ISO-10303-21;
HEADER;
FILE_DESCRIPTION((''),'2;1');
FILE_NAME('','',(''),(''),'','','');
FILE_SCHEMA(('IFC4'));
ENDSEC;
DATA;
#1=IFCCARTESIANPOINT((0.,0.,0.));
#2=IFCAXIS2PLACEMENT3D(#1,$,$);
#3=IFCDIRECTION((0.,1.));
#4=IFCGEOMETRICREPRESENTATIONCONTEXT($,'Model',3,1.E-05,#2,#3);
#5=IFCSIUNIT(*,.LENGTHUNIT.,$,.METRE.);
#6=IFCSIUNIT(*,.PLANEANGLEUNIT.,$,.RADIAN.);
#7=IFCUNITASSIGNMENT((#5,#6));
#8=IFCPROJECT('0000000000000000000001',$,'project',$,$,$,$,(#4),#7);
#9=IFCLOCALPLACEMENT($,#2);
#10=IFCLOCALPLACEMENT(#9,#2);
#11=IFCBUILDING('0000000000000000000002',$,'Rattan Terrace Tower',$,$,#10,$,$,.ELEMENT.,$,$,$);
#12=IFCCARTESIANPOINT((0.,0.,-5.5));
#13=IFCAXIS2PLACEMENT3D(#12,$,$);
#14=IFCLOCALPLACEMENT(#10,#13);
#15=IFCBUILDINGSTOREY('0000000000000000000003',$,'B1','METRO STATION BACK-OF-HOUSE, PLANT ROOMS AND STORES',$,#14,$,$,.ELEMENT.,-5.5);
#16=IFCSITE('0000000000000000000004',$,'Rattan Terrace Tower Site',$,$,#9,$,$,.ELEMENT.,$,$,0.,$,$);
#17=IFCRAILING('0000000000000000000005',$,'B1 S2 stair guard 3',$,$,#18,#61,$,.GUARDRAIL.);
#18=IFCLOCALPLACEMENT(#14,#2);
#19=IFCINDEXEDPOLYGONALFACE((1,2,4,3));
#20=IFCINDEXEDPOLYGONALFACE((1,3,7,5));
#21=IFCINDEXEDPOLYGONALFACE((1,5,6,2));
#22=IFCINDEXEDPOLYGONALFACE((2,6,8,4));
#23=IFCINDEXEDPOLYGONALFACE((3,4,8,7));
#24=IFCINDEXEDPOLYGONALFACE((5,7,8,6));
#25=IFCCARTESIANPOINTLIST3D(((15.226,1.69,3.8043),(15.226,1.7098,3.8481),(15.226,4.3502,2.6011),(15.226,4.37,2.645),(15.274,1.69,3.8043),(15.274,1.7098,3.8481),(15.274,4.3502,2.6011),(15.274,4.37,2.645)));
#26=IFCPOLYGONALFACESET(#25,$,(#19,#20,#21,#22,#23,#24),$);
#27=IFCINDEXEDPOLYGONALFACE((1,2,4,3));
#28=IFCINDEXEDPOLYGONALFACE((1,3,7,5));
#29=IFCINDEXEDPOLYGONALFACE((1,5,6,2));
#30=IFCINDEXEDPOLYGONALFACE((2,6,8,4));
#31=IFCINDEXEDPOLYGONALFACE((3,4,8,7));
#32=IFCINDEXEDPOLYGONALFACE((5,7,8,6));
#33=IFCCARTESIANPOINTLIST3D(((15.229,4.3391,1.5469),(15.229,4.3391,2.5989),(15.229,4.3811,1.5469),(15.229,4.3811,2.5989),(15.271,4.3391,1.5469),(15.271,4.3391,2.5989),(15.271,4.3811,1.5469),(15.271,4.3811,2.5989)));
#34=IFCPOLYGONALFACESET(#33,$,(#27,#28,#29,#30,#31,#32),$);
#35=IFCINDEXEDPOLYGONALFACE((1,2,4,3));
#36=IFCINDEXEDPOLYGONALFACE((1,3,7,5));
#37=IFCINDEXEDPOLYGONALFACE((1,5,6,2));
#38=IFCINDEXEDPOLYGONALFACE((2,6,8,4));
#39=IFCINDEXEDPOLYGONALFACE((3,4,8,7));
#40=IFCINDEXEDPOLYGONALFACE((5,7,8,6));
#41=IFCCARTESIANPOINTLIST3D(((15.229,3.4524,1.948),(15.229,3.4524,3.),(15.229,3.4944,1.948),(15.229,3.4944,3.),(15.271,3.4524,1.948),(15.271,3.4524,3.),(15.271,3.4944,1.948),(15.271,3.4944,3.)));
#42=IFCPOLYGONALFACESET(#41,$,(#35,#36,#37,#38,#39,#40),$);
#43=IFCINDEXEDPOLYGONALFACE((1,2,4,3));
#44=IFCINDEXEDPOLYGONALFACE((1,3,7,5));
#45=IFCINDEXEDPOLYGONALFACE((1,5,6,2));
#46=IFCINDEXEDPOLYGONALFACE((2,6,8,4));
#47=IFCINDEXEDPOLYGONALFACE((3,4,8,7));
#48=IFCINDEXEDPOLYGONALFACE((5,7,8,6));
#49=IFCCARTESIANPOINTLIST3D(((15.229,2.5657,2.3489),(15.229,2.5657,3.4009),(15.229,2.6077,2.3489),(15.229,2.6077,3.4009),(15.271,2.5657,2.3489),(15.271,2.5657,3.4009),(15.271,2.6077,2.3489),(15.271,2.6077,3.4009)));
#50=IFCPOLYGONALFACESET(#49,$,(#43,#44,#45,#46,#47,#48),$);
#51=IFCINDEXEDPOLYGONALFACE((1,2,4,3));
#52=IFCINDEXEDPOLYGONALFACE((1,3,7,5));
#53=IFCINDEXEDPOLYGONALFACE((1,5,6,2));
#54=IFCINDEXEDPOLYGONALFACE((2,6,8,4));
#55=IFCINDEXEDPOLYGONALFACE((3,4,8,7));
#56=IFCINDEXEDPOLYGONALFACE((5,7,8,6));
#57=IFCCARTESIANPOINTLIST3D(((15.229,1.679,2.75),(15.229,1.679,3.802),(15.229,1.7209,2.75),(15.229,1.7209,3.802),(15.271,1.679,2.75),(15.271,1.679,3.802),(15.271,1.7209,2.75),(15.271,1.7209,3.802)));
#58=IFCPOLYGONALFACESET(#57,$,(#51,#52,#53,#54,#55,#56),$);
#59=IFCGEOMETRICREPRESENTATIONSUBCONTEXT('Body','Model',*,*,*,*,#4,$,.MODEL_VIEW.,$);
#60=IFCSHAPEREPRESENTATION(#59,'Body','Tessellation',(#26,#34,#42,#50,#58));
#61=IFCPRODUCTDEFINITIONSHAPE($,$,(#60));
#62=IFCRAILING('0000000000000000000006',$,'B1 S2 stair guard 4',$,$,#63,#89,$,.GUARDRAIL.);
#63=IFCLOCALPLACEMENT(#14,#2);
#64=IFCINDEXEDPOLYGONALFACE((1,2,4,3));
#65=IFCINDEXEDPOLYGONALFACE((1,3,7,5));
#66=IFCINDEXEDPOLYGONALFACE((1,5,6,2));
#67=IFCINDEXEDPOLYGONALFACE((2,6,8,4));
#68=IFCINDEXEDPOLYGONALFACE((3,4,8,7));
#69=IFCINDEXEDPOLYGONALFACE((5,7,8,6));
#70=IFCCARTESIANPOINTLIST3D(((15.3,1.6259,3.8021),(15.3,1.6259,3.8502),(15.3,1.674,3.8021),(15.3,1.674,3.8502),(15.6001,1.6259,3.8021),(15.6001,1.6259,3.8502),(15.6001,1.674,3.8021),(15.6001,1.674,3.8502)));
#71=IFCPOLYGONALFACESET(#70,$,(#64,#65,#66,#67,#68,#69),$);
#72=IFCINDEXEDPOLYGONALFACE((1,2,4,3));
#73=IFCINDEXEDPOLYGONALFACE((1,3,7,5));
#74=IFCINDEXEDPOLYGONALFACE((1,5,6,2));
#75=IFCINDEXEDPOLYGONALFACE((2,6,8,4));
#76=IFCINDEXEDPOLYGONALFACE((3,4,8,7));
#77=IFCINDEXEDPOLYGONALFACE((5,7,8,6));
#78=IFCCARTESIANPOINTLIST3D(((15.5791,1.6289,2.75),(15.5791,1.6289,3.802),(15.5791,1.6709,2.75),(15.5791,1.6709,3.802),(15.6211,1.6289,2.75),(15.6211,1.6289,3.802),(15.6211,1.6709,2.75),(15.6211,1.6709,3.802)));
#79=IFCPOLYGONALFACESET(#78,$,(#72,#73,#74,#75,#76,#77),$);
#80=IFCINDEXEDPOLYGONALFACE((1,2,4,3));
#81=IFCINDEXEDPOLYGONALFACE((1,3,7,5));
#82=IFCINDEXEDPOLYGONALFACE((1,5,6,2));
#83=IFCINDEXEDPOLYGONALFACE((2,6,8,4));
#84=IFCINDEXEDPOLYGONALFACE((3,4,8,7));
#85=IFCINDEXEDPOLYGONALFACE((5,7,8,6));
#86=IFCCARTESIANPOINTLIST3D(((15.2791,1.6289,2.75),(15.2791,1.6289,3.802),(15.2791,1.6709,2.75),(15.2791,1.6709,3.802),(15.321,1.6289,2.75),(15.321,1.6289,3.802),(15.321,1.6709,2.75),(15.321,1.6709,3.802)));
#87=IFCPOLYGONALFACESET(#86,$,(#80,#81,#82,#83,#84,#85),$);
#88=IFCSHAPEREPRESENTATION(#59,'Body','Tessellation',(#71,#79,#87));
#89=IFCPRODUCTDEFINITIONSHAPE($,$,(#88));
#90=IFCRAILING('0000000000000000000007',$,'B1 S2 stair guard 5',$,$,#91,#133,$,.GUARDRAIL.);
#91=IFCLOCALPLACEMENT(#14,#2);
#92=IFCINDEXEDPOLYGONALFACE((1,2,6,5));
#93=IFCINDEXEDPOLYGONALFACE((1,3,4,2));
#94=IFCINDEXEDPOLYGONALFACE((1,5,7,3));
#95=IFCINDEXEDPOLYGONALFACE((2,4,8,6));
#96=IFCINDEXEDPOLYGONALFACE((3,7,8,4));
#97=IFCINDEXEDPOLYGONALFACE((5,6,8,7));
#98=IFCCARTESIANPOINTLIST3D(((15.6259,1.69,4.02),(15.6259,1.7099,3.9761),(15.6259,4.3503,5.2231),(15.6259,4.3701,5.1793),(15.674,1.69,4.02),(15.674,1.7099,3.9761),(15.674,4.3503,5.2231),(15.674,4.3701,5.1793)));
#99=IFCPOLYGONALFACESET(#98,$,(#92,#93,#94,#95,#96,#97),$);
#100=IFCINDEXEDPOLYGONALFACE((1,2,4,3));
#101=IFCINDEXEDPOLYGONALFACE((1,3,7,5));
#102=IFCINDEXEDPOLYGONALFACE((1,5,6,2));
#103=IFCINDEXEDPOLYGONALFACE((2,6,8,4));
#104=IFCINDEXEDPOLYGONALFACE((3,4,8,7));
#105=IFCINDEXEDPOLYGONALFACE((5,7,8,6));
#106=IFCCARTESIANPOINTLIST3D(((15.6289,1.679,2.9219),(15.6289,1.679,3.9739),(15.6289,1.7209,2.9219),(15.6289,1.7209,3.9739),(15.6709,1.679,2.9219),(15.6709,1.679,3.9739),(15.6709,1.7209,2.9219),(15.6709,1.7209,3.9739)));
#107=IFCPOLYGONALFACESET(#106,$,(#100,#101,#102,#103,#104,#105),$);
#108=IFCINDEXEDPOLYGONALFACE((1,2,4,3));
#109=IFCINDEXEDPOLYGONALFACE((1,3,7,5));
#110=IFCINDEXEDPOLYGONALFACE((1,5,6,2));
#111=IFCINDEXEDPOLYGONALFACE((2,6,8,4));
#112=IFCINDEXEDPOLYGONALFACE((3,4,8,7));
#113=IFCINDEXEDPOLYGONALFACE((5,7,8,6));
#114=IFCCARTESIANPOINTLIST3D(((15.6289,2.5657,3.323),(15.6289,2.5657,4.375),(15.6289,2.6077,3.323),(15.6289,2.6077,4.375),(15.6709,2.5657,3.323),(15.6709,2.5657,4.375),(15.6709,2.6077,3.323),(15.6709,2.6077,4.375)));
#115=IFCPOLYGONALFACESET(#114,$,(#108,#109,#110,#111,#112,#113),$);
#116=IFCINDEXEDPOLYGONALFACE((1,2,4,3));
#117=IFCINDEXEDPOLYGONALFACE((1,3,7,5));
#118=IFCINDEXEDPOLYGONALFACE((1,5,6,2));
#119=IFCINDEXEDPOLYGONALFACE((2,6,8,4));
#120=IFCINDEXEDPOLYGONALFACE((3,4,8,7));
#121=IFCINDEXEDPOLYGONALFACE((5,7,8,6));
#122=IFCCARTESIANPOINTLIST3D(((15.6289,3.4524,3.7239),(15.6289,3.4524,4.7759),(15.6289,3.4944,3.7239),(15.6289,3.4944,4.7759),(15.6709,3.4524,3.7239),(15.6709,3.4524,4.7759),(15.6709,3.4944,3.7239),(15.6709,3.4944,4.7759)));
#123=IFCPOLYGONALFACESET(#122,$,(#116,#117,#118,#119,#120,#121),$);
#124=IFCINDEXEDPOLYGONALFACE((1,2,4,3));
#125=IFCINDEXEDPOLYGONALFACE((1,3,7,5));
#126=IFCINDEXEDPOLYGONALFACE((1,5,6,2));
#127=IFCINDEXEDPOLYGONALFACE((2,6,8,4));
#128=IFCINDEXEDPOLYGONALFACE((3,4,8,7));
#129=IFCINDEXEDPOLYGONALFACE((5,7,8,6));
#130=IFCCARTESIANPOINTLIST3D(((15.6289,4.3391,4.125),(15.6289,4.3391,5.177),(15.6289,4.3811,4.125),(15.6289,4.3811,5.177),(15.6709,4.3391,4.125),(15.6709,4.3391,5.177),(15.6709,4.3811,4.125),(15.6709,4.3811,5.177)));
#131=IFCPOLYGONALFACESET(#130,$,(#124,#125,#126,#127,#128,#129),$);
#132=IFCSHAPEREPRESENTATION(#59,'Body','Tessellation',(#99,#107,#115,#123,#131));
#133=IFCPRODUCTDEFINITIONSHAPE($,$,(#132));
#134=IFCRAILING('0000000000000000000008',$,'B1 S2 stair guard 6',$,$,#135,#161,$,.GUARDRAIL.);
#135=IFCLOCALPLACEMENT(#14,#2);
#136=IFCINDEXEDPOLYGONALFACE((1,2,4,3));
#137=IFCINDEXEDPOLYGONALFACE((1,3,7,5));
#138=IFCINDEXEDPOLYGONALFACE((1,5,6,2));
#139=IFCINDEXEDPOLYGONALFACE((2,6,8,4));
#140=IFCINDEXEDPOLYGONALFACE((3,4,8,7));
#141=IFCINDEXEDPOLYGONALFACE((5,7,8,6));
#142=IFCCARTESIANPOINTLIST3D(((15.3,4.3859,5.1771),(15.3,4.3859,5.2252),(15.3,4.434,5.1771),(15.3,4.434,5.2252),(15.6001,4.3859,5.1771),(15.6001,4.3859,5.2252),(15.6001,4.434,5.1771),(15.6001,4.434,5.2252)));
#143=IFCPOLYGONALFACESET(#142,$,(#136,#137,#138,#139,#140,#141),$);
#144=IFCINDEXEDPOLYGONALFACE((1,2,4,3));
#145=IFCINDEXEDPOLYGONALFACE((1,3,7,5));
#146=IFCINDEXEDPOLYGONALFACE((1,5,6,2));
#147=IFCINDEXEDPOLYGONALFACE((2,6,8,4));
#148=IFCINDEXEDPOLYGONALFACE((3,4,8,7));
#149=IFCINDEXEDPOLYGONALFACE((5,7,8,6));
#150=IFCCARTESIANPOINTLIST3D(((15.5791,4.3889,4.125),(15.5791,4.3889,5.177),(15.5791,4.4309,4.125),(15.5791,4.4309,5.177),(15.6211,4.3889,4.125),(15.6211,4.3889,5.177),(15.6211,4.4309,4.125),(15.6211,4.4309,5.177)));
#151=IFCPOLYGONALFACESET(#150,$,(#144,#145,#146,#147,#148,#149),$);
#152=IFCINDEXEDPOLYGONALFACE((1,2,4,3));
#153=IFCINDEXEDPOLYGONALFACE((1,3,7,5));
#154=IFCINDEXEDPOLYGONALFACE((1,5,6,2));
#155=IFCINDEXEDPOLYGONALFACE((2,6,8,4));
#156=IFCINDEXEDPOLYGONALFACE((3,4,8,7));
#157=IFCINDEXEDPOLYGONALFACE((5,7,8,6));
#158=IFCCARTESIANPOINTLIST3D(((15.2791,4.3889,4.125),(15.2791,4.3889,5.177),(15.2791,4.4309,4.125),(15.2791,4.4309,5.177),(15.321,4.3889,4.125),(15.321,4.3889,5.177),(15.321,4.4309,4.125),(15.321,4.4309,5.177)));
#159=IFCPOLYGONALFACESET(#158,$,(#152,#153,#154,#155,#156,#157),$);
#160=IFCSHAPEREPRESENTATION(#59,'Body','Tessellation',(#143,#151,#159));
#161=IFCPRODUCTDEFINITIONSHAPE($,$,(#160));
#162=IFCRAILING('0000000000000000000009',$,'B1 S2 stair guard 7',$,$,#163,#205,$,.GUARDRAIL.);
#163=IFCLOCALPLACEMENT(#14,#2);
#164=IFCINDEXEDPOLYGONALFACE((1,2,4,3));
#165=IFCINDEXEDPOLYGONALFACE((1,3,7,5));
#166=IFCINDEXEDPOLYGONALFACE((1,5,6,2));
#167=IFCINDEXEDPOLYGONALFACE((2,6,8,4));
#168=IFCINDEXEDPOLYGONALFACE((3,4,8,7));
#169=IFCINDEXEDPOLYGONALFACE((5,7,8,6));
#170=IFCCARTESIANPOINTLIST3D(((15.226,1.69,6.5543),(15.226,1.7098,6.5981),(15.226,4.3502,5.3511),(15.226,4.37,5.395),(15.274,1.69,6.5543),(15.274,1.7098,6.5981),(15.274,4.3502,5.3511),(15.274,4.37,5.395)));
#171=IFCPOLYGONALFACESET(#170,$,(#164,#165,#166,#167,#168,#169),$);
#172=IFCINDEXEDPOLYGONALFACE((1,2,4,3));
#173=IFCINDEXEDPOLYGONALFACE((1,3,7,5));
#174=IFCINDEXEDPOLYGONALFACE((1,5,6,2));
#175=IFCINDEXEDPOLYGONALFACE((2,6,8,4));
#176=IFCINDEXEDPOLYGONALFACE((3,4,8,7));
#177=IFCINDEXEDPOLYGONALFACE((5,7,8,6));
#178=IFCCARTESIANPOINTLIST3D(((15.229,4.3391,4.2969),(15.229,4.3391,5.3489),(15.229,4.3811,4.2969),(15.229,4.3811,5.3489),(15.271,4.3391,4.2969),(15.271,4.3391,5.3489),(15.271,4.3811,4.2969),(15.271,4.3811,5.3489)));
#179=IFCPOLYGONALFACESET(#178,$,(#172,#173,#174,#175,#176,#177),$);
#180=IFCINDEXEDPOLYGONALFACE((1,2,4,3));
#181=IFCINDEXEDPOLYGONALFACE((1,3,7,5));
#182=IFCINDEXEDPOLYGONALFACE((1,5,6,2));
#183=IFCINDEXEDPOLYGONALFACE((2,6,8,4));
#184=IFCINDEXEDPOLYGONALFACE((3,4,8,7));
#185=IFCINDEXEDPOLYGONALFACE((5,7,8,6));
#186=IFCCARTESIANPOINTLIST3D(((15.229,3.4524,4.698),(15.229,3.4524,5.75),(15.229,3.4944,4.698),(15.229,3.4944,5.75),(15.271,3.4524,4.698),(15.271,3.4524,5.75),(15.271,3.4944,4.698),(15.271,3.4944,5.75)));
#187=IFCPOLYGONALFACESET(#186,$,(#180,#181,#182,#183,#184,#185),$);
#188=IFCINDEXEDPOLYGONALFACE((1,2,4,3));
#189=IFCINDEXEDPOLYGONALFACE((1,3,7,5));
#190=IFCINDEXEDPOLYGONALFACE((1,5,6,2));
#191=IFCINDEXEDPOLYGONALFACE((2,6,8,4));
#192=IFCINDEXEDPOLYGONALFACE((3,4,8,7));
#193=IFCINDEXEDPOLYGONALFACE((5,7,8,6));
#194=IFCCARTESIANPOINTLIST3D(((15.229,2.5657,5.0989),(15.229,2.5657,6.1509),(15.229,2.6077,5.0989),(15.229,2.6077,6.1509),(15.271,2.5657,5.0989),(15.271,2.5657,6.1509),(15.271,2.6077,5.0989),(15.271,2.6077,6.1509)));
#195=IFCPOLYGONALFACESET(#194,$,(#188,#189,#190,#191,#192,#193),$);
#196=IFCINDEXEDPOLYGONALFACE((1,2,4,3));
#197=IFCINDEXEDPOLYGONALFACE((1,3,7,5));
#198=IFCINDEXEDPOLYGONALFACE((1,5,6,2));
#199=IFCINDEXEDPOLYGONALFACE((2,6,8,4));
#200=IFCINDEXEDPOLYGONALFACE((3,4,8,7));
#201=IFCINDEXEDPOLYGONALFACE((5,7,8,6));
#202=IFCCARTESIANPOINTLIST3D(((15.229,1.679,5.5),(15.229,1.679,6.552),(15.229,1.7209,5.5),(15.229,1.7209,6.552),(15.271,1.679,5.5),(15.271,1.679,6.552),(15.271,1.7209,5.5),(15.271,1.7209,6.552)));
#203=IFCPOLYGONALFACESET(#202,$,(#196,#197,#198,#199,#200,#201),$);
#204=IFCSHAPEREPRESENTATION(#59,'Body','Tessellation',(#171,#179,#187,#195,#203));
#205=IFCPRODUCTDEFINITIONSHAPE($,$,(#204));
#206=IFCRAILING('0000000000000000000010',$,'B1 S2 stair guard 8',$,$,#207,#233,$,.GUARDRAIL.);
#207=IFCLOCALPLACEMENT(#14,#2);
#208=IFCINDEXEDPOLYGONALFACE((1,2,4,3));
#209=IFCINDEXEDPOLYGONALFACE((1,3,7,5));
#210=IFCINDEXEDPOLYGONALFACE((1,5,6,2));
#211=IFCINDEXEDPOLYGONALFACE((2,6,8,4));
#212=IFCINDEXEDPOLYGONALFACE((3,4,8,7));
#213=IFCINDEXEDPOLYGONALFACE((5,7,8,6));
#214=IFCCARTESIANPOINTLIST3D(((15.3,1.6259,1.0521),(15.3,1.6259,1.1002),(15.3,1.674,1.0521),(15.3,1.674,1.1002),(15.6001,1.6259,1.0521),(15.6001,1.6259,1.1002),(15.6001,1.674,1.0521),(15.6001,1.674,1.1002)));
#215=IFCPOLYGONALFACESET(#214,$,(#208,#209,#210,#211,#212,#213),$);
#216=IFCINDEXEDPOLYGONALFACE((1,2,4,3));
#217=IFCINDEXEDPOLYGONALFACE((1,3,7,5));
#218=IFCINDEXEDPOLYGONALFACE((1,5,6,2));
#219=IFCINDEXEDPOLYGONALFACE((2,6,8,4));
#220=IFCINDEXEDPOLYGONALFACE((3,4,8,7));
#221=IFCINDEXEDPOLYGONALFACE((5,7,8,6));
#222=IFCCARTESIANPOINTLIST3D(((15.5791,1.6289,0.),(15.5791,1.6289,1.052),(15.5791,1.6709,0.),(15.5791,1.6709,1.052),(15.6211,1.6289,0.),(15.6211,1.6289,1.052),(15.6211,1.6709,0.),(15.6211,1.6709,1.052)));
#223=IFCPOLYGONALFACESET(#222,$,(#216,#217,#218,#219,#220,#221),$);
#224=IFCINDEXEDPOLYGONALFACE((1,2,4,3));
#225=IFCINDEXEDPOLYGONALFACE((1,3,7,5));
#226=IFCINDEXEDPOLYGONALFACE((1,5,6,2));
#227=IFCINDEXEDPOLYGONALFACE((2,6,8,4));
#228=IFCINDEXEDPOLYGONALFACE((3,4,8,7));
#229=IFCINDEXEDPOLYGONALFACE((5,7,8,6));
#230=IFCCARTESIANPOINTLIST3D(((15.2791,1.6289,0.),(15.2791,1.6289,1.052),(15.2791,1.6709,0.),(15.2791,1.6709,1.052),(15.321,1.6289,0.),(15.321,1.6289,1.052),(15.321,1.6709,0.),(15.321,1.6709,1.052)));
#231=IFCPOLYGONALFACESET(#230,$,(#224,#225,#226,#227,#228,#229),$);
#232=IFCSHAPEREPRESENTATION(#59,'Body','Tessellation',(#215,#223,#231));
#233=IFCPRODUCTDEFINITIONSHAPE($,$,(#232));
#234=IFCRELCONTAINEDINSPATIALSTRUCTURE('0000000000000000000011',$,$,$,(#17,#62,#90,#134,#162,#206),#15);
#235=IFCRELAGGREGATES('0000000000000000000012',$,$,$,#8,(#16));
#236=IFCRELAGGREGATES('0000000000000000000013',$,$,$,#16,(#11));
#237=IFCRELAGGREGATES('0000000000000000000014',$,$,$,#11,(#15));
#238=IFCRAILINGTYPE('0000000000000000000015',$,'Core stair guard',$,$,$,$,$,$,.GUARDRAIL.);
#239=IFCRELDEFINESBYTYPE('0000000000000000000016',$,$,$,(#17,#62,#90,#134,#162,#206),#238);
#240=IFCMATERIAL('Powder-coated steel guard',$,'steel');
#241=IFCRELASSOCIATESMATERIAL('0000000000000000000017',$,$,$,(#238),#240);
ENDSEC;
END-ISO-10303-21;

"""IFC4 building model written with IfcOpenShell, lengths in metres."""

from ifc_helpers import new_model, si_unit, direction, frame, origin, origin_2d, place, context, subcontext, project, spatial, rectangle, extrude, material, type_object, element, save


model = new_model("IFC4")

# Units and contexts
model_context = context("Model", 3, precision=1e-05, world=origin(), true_north=direction((0.0, 1.0)))
body_context = subcontext(model_context, "Body", "Model", "MODEL_VIEW")
ifc_project = project(units=[si_unit("LENGTHUNIT", "METRE"), si_unit("PLANEANGLEUNIT", "RADIAN")], contexts=[model_context])

# Site, building, storey
site_placement = place(None, origin())
site = spatial("IfcSite", under=ifc_project, at=site_placement, Name="Rattan Terrace Tower Site", CompositionType="ELEMENT", RefElevation=0.0)
building_placement = place(site_placement, origin())
building = spatial("IfcBuilding", under=site, at=building_placement, Name="Rattan Terrace Tower", CompositionType="ELEMENT")
storey_placement = place(building_placement, frame((0.0, 0.0, -5.5)))
storey = spatial("IfcBuildingStorey", under=building, at=storey_placement, Name="B1", Description="METRO STATION BACK-OF-HOUSE, PLANT ROOMS AND STORES", CompositionType="ELEMENT", Elevation=-5.5)

# Railings
ifc_material_1 = material(Name="Powder-coated steel guard", Category="steel")
railing_type_1 = type_object("IfcRailingType", Name="Core stair guard", PredefinedType="GUARDRAIL", material=ifc_material_1)
railing_1_placement = place(storey_placement, frame((15.25, 4.3601, 1.5469)))
element("IfcRailing", 1, at=railing_1_placement, inside=storey, type_object=railing_type_1, Name="B1 S2 stair guard 3", PredefinedType="GUARDRAIL", context=body_context, shape_type="SweptSolid", body=[
    extrude(rectangle(XDim=0.0481, YDim=0.0481, at=origin_2d()), frame((0.0, 0.0, 1.0762), z_axis=(0.0, -0.911144, 0.412089), x_axis=(1.0, 0.0, 0.0)), (0.0, 0.0, 1.0), 2.9197),
    extrude(rectangle(XDim=0.042, YDim=0.042, at=origin_2d()), origin(), (0.0, 0.0, 1.0), 1.052),
    extrude(rectangle(XDim=0.042, YDim=0.042, at=origin_2d()), frame((0.0, -0.8867, 0.4011)), (0.0, 0.0, 1.0), 1.052),
    extrude(rectangle(XDim=0.042, YDim=0.042, at=origin_2d()), frame((0.0, -1.7734, 0.802)), (0.0, 0.0, 1.0), 1.052),
    extrude(rectangle(XDim=0.042, YDim=0.042, at=origin_2d()), frame((0.0, -2.6602, 1.2031)), (0.0, 0.0, 1.0), 1.052),
])
railing_2_placement = place(storey_placement, frame((15.6001, 1.6499, 2.75)))
element("IfcRailing", 2, at=railing_2_placement, inside=storey, type_object=railing_type_1, Name="B1 S2 stair guard 4", PredefinedType="GUARDRAIL", context=body_context, shape_type="SweptSolid", body=[
    extrude(rectangle(XDim=0.0481, YDim=0.0481, at=origin_2d()), frame((0.0, 0.0, 1.0762), z_axis=(-1.0, 0.0, 0.0), x_axis=(0.0, -1.0, 0.0)), (0.0, 0.0, 1.0), 0.3),
    extrude(rectangle(XDim=0.042, YDim=0.042, at=origin_2d()), origin(), (0.0, 0.0, 1.0), 1.052),
    extrude(rectangle(XDim=0.042, YDim=0.042, at=origin_2d()), frame((-0.3, 0.0, 0.0)), (0.0, 0.0, 1.0), 1.052),
])
railing_3_placement = place(storey_placement, frame((15.6499, 1.7, 2.9219)))
element("IfcRailing", 3, at=railing_3_placement, inside=storey, type_object=railing_type_1, Name="B1 S2 stair guard 5", PredefinedType="GUARDRAIL", context=body_context, shape_type="SweptSolid", body=[
    extrude(rectangle(XDim=0.0481, YDim=0.0481, at=origin_2d()), frame((0.0, 0.0, 1.0762), z_axis=(0.0, 0.911144, 0.412089), x_axis=(-1.0, 0.0, 0.0)), (0.0, 0.0, 1.0), 2.9197),
    extrude(rectangle(XDim=0.042, YDim=0.042, at=origin_2d()), origin(), (0.0, 0.0, 1.0), 1.052),
    extrude(rectangle(XDim=0.042, YDim=0.042, at=origin_2d()), frame((0.0, 0.8867, 0.4011)), (0.0, 0.0, 1.0), 1.052),
    extrude(rectangle(XDim=0.042, YDim=0.042, at=origin_2d()), frame((0.0, 1.7734, 0.802)), (0.0, 0.0, 1.0), 1.052),
    extrude(rectangle(XDim=0.042, YDim=0.042, at=origin_2d()), frame((0.0, 2.6602, 1.2031)), (0.0, 0.0, 1.0), 1.052),
])
railing_4_placement = place(storey_placement, frame((15.6001, 4.4099, 4.125)))
element("IfcRailing", 4, at=railing_4_placement, inside=storey, type_object=railing_type_1, Name="B1 S2 stair guard 6", PredefinedType="GUARDRAIL", context=body_context, shape_type="SweptSolid", body=[
    extrude(rectangle(XDim=0.0481, YDim=0.0481, at=origin_2d()), frame((0.0, 0.0, 1.0762), z_axis=(-1.0, 0.0, 0.0), x_axis=(0.0, -1.0, 0.0)), (0.0, 0.0, 1.0), 0.3),
    extrude(rectangle(XDim=0.042, YDim=0.042, at=origin_2d()), origin(), (0.0, 0.0, 1.0), 1.052),
    extrude(rectangle(XDim=0.042, YDim=0.042, at=origin_2d()), frame((-0.3, 0.0, 0.0)), (0.0, 0.0, 1.0), 1.052),
])
railing_5_placement = place(storey_placement, frame((15.25, 4.3601, 4.2969)))
element("IfcRailing", 5, at=railing_5_placement, inside=storey, type_object=railing_type_1, Name="B1 S2 stair guard 7", PredefinedType="GUARDRAIL", context=body_context, shape_type="SweptSolid", body=[
    extrude(rectangle(XDim=0.0481, YDim=0.0481, at=origin_2d()), frame((0.0, 0.0, 1.0762), z_axis=(0.0, -0.911144, 0.412089), x_axis=(1.0, 0.0, 0.0)), (0.0, 0.0, 1.0), 2.9197),
    extrude(rectangle(XDim=0.042, YDim=0.042, at=origin_2d()), origin(), (0.0, 0.0, 1.0), 1.052),
    extrude(rectangle(XDim=0.042, YDim=0.042, at=origin_2d()), frame((0.0, -0.8867, 0.4011)), (0.0, 0.0, 1.0), 1.052),
    extrude(rectangle(XDim=0.042, YDim=0.042, at=origin_2d()), frame((0.0, -1.7734, 0.802)), (0.0, 0.0, 1.0), 1.052),
    extrude(rectangle(XDim=0.042, YDim=0.042, at=origin_2d()), frame((0.0, -2.6602, 1.2031)), (0.0, 0.0, 1.0), 1.052),
])
railing_6_placement = place(storey_placement, frame((15.6001, 1.6499, 0.0)))
element("IfcRailing", 6, at=railing_6_placement, inside=storey, type_object=railing_type_1, Name="B1 S2 stair guard 8", PredefinedType="GUARDRAIL", context=body_context, shape_type="SweptSolid", body=[
    extrude(rectangle(XDim=0.0481, YDim=0.0481, at=origin_2d()), frame((0.0, 0.0, 1.0762), z_axis=(-1.0, 0.0, 0.0), x_axis=(0.0, -1.0, 0.0)), (0.0, 0.0, 1.0), 0.3),
    extrude(rectangle(XDim=0.042, YDim=0.042, at=origin_2d()), origin(), (0.0, 0.0, 1.0), 1.052),
    extrude(rectangle(XDim=0.042, YDim=0.042, at=origin_2d()), frame((-0.3, 0.0, 0.0)), (0.0, 0.0, 1.0), 1.052),
])

save(model, "model.ifc")
